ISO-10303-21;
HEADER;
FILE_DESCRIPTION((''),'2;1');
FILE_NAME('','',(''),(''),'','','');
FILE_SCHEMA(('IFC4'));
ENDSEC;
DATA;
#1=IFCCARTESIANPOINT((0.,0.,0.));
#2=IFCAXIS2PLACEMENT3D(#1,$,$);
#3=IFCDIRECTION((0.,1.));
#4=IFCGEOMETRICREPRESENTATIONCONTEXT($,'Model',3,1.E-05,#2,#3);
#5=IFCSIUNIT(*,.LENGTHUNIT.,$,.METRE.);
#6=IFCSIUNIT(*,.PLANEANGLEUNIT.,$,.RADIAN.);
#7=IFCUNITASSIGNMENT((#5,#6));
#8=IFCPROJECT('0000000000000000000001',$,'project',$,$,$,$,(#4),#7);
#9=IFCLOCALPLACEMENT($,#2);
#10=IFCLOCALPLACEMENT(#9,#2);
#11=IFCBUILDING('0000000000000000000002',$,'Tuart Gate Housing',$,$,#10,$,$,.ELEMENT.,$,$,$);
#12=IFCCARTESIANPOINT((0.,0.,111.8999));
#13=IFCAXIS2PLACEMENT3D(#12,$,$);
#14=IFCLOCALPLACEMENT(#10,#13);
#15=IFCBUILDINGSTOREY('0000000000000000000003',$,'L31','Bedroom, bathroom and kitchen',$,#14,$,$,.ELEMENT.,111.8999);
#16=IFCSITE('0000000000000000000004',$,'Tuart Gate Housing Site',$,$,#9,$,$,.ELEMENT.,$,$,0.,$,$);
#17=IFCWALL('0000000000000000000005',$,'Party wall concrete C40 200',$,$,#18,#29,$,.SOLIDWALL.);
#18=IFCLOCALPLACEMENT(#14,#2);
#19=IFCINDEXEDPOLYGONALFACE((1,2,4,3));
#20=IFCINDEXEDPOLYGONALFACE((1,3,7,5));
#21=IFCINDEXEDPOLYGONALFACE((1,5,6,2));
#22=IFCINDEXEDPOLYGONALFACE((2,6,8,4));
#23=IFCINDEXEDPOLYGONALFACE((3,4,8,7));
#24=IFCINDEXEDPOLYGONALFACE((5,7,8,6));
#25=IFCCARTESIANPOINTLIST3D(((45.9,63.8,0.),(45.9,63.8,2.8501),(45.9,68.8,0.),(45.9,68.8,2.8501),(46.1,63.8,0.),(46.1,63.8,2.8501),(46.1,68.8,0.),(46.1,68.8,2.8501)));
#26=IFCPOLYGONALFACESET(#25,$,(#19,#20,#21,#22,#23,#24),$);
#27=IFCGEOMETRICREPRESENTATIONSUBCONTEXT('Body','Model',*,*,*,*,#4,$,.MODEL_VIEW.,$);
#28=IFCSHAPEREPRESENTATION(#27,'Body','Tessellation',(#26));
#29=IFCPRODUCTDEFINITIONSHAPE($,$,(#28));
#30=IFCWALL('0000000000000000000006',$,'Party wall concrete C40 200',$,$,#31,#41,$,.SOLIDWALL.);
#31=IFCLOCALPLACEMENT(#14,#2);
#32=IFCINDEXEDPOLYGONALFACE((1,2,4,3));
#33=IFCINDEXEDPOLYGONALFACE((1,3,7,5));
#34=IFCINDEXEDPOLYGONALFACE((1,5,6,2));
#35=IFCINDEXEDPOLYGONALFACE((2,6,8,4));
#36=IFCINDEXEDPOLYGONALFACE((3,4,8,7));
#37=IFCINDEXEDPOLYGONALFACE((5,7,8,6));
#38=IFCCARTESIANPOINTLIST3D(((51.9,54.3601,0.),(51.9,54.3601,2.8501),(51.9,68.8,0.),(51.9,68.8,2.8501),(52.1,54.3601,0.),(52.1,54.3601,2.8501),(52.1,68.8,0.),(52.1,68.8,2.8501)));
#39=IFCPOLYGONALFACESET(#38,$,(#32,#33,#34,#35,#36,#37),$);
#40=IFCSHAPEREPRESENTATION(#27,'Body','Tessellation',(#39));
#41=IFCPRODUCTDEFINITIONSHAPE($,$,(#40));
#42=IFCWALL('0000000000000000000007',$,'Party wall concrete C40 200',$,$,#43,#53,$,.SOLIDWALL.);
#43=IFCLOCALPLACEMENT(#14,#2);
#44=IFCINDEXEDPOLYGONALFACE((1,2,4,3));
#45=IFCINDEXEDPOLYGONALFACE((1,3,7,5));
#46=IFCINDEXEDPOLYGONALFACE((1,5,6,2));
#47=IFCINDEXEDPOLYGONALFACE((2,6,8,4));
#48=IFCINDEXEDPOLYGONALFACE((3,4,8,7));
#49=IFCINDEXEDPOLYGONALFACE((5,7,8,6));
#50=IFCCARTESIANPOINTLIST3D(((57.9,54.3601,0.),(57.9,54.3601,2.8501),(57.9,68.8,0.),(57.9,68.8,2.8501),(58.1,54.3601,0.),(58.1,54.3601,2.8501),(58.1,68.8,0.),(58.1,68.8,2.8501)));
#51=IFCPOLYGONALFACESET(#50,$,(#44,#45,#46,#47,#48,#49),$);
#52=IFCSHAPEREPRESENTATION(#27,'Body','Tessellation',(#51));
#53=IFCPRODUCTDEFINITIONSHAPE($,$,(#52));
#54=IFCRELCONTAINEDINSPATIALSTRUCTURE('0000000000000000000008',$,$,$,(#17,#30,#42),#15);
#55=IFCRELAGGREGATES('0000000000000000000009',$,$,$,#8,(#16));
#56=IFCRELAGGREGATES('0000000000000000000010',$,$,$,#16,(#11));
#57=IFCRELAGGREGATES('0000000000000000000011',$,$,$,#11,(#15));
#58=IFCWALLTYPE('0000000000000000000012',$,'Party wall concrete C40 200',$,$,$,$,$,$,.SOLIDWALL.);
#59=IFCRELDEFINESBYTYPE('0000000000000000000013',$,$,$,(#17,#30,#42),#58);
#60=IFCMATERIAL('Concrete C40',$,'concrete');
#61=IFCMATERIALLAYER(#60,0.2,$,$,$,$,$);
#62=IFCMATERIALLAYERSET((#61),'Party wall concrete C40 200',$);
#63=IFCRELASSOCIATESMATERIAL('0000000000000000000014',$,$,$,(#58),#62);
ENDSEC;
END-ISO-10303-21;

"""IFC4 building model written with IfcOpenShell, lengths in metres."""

from ifc_helpers import new_model, si_unit, direction, frame, frame_2d, origin, place, context, subcontext, project, spatial, rectangle, extrude, material, layer, layer_set, type_object, element, save


model = new_model("IFC4")

# Units and contexts
model_context = context("Model", 3, precision=1e-05, world=origin(), true_north=direction((0.0, 1.0)))
body_context = subcontext(model_context, "Body", "Model", "MODEL_VIEW")
ifc_project = project(units=[si_unit("LENGTHUNIT", "METRE"), si_unit("PLANEANGLEUNIT", "RADIAN")], contexts=[model_context])

# Site, building, storey
site_placement = place(None, origin())
site = spatial("IfcSite", under=ifc_project, at=site_placement, Name="Tuart Gate Housing Site", CompositionType="ELEMENT", RefElevation=0.0)
building_placement = place(site_placement, origin())
building = spatial("IfcBuilding", under=site, at=building_placement, Name="Tuart Gate Housing", CompositionType="ELEMENT")
storey_placement = place(building_placement, frame((0.0, 0.0, 111.8999)))
storey = spatial("IfcBuildingStorey", under=building, at=storey_placement, Name="L31", Description="Bedroom, bathroom and kitchen", CompositionType="ELEMENT", Elevation=111.8999)

# Walls
ifc_material_1 = material(Name="Concrete C40", Category="concrete")
ifc_layer_1 = layer(ifc_material_1, 0.2)
ifc_layer_set_1 = layer_set([ifc_layer_1], Name="Party wall concrete C40 200")
wall_type_1 = type_object("IfcWallType", Name="Party wall concrete C40 200", PredefinedType="SOLIDWALL", material=ifc_layer_set_1)
wall_1_placement = place(storey_placement, frame((46.0, 63.8, 0.0), z_axis=(0.0, 0.0, 1.0), x_axis=(0.0, 1.0, 0.0)))
element("IfcWall", 1, at=wall_1_placement, inside=storey, type_object=wall_type_1, Name="Party wall concrete C40 200", PredefinedType="SOLIDWALL", context=body_context, shape_type="SweptSolid", body=[
    extrude(rectangle(XDim=5.0, YDim=0.2, at=frame_2d((2.5, 0.0))), origin(), (0.0, 0.0, 1.0), 2.8501),
])
for number, where, z_axis, x_axis, name in (
    (2, (52.0, 54.3601, 0.0), (0.0, 0.0, 1.0), (0.0, 1.0, 0.0), "Party wall concrete C40 200"),
    (3, (58.0, 54.3601, 0.0), (0.0, 0.0, 1.0), (0.0, 1.0, 0.0), "Party wall concrete C40 200"),
):
    element("IfcWall", number, at=place(storey_placement, frame(where, z_axis=z_axis, x_axis=x_axis)), inside=storey, type_object=wall_type_1, Name=name, PredefinedType="SOLIDWALL", context=body_context, shape_type="SweptSolid", body=[
        extrude(rectangle(XDim=14.4399, YDim=0.2, at=frame_2d((7.22, 0.0))), origin(), (0.0, 0.0, 1.0), 2.8501),
    ])

save(model, "model.ifc")
